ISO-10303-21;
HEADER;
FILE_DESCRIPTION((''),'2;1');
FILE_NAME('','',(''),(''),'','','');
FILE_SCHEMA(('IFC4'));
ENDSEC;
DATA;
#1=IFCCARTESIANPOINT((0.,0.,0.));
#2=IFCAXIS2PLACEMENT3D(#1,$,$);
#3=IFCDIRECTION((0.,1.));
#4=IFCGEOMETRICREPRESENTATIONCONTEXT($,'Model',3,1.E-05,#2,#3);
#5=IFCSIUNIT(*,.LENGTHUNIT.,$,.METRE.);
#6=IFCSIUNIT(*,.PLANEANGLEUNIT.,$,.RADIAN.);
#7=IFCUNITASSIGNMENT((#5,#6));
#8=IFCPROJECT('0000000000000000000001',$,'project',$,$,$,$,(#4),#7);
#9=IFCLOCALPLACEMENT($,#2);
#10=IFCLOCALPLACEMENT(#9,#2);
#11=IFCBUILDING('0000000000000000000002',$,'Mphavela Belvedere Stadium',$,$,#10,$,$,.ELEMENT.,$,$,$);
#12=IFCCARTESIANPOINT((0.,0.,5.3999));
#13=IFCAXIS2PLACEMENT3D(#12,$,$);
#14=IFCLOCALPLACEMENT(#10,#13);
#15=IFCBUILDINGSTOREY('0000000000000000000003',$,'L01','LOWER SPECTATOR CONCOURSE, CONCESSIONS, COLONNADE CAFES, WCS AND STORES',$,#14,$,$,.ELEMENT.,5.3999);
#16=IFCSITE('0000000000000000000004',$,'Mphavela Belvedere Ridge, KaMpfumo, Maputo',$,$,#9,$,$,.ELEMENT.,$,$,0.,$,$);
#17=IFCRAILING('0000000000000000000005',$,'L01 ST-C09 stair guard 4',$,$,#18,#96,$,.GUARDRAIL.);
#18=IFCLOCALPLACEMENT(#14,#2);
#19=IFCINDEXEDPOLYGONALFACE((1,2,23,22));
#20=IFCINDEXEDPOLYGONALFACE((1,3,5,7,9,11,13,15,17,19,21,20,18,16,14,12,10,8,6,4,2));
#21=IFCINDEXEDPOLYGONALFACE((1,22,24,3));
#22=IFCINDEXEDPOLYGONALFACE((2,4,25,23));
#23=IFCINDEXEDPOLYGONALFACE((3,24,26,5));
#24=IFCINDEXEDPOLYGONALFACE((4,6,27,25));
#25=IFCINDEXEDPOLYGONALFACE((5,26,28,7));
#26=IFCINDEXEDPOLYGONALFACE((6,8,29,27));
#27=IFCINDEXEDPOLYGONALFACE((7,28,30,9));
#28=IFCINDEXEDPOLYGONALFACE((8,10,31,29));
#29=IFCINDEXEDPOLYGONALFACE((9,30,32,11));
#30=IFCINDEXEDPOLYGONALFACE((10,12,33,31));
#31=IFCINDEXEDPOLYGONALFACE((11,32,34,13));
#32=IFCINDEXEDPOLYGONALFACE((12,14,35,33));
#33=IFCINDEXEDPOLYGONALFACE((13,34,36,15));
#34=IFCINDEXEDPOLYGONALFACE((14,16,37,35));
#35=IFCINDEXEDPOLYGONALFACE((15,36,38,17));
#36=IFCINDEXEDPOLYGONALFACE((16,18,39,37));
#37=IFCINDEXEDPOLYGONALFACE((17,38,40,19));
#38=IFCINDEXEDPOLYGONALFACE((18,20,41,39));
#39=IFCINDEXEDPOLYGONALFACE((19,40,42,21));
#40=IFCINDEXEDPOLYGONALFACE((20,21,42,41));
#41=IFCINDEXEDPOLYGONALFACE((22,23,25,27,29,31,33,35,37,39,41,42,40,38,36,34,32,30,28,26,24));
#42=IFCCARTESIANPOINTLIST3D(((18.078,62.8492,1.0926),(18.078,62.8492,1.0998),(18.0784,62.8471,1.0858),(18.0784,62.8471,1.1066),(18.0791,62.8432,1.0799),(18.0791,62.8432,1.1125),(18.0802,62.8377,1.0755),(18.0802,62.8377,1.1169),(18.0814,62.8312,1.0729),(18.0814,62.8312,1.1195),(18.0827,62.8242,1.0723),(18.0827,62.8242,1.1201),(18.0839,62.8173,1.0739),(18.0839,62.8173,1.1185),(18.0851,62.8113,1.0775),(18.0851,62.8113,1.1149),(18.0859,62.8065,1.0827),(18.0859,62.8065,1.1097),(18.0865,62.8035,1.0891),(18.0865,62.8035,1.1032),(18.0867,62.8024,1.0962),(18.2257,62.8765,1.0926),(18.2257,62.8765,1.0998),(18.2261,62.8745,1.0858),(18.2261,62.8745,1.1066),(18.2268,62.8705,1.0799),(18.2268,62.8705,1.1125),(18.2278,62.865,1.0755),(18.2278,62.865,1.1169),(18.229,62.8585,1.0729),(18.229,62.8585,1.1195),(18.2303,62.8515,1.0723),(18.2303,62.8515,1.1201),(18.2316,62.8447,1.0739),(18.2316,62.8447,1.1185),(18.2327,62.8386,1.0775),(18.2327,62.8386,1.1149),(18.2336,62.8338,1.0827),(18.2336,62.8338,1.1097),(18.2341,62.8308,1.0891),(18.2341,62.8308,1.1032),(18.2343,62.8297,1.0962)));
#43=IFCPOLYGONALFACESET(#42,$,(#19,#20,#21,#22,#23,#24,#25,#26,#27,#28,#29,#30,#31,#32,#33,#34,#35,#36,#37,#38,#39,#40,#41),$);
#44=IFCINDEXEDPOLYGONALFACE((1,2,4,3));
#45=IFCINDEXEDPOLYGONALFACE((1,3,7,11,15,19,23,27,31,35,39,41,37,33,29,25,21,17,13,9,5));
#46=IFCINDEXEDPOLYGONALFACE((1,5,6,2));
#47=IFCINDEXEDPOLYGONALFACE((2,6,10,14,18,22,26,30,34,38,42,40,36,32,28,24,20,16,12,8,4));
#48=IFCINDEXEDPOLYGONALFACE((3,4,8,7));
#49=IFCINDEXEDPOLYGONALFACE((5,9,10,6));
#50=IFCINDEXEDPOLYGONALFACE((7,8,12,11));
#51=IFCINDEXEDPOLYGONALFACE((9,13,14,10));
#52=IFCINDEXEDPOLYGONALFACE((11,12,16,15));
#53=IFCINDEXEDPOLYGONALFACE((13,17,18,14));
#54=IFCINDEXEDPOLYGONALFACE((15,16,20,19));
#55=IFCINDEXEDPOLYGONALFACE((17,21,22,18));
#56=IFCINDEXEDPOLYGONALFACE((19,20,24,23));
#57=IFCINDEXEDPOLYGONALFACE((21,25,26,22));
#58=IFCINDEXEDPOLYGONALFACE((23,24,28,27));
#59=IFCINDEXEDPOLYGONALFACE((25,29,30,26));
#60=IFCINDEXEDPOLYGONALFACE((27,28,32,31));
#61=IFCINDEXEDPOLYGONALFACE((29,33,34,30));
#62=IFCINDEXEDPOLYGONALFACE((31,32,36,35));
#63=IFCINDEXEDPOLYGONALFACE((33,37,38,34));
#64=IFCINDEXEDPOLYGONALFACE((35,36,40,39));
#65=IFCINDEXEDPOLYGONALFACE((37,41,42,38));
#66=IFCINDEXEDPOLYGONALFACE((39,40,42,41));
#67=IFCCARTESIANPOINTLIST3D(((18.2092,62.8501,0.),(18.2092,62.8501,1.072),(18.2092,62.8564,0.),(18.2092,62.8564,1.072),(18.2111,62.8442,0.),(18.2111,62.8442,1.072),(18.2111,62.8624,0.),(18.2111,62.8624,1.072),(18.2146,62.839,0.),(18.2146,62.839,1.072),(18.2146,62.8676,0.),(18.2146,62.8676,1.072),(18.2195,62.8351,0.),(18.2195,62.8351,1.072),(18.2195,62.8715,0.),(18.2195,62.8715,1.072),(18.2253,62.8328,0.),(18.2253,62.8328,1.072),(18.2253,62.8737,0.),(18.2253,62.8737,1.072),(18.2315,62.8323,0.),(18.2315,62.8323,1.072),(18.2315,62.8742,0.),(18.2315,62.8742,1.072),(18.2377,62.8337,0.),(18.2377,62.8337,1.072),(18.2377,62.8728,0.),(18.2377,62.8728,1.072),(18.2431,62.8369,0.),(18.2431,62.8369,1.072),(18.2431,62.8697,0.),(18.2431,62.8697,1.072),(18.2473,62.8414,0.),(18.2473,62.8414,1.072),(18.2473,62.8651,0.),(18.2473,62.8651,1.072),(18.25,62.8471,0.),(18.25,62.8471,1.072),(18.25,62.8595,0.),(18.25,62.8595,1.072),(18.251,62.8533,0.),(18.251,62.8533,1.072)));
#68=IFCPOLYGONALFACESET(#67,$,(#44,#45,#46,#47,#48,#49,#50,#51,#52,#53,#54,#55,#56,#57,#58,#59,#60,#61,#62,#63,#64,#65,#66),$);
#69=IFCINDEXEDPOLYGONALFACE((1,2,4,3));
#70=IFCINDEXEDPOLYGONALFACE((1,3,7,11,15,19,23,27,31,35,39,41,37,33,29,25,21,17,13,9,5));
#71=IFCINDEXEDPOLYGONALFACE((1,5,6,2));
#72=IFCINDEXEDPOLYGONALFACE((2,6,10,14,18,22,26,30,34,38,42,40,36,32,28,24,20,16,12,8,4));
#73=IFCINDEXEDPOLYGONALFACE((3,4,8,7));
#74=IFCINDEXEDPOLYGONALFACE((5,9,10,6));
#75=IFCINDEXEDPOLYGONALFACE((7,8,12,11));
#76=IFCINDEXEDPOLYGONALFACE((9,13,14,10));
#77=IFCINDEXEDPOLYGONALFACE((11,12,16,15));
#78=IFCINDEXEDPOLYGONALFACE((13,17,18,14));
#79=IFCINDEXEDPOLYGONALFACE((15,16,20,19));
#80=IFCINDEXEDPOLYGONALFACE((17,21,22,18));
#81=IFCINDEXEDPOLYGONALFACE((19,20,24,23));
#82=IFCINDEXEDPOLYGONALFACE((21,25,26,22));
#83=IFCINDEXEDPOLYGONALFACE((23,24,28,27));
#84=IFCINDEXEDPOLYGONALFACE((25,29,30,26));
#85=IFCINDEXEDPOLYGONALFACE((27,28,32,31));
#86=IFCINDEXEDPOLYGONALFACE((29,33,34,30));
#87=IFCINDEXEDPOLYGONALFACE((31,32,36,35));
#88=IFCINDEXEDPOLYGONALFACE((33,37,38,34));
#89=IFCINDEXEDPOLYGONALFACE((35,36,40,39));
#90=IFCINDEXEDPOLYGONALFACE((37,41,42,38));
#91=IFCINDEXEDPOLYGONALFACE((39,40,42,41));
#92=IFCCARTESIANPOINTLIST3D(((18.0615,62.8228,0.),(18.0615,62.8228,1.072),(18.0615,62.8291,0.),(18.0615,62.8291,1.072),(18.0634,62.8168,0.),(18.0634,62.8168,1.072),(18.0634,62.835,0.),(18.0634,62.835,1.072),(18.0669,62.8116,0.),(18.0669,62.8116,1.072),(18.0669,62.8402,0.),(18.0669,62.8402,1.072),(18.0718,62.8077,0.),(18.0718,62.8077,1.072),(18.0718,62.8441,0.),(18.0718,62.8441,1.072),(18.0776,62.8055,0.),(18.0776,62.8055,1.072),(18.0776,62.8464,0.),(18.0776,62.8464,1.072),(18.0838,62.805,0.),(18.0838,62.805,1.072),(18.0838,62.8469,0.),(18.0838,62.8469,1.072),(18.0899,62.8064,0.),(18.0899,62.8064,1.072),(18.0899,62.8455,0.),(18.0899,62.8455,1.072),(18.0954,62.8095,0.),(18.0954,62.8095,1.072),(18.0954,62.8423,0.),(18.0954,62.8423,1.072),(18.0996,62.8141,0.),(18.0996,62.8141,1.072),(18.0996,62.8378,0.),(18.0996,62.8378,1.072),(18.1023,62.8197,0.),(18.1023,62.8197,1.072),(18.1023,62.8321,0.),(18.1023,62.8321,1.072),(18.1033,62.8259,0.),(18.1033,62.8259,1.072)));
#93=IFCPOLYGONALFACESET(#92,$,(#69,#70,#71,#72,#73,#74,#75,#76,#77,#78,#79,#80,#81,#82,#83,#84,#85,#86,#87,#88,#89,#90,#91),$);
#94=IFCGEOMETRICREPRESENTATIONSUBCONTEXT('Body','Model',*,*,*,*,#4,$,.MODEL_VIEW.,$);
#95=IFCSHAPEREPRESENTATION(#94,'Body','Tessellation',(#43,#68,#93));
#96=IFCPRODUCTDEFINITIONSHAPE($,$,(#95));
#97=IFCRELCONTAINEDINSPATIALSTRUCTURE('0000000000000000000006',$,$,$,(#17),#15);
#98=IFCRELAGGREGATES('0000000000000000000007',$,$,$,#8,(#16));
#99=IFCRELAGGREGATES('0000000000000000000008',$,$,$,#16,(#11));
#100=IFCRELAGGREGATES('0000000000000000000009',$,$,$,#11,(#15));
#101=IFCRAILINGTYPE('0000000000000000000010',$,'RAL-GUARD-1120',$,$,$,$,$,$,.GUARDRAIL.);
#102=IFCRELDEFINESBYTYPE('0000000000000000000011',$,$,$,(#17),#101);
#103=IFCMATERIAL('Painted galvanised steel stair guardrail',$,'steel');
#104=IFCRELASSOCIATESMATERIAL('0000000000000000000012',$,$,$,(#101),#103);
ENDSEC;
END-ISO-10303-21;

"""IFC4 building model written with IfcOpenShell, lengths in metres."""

from ifc_helpers import new_model, si_unit, direction, frame, origin, origin_2d, place, context, subcontext, project, spatial, circle, extrude, material, type_object, element, save


model = new_model("IFC4")

# Units and contexts
model_context = context("Model", 3, precision=1e-05, world=origin(), true_north=direction((0.0, 1.0)))
body_context = subcontext(model_context, "Body", "Model", "MODEL_VIEW")
ifc_project = project(units=[si_unit("LENGTHUNIT", "METRE"), si_unit("PLANEANGLEUNIT", "RADIAN")], contexts=[model_context])

# Site, building, storey
site_placement = place(None, origin())
site = spatial("IfcSite", under=ifc_project, at=site_placement, Name="Mphavela Belvedere Ridge, KaMpfumo, Maputo", CompositionType="ELEMENT", RefElevation=0.0)
building_placement = place(site_placement, origin())
building = spatial("IfcBuilding", under=site, at=building_placement, Name="Mphavela Belvedere Stadium", CompositionType="ELEMENT")
storey_placement = place(building_placement, frame((0.0, 0.0, 5.3999)))
storey = spatial("IfcBuildingStorey", under=building, at=storey_placement, Name="L01", Description="LOWER SPECTATOR CONCOURSE, CONCESSIONS, COLONNADE CAFES, WCS AND STORES", CompositionType="ELEMENT", Elevation=5.3999)

# Railing
ifc_material_1 = material(Name="Painted galvanised steel stair guardrail", Category="steel")
railing_type_1 = type_object("IfcRailingType", Name="RAL-GUARD-1120", PredefinedType="GUARDRAIL", material=ifc_material_1)
railing_1_placement = place(storey_placement, frame((18.23, 62.8533, 0.0)))
element("IfcRailing", 1, at=railing_1_placement, inside=storey, type_object=railing_type_1, Name="L01 ST-C09 stair guard 4", PredefinedType="GUARDRAIL", context=body_context, shape_type="SweptSolid", body=[
    extrude(circle(Radius=0.0239, at=origin_2d()), frame((0.0, 0.0, 1.0962), z_axis=(-0.983293, -0.182031, 0.0), x_axis=(0.182031, -0.983293, 0.0)), (0.0, 0.0, 1.0), 0.1501),
    extrude(circle(Radius=0.021, at=origin_2d()), origin(), (0.0, 0.0, 1.0), 1.072),
    extrude(circle(Radius=0.021, at=origin_2d()), frame((-0.1477, -0.0273, 0.0)), (0.0, 0.0, 1.0), 1.072),
])

save(model, "model.ifc")
